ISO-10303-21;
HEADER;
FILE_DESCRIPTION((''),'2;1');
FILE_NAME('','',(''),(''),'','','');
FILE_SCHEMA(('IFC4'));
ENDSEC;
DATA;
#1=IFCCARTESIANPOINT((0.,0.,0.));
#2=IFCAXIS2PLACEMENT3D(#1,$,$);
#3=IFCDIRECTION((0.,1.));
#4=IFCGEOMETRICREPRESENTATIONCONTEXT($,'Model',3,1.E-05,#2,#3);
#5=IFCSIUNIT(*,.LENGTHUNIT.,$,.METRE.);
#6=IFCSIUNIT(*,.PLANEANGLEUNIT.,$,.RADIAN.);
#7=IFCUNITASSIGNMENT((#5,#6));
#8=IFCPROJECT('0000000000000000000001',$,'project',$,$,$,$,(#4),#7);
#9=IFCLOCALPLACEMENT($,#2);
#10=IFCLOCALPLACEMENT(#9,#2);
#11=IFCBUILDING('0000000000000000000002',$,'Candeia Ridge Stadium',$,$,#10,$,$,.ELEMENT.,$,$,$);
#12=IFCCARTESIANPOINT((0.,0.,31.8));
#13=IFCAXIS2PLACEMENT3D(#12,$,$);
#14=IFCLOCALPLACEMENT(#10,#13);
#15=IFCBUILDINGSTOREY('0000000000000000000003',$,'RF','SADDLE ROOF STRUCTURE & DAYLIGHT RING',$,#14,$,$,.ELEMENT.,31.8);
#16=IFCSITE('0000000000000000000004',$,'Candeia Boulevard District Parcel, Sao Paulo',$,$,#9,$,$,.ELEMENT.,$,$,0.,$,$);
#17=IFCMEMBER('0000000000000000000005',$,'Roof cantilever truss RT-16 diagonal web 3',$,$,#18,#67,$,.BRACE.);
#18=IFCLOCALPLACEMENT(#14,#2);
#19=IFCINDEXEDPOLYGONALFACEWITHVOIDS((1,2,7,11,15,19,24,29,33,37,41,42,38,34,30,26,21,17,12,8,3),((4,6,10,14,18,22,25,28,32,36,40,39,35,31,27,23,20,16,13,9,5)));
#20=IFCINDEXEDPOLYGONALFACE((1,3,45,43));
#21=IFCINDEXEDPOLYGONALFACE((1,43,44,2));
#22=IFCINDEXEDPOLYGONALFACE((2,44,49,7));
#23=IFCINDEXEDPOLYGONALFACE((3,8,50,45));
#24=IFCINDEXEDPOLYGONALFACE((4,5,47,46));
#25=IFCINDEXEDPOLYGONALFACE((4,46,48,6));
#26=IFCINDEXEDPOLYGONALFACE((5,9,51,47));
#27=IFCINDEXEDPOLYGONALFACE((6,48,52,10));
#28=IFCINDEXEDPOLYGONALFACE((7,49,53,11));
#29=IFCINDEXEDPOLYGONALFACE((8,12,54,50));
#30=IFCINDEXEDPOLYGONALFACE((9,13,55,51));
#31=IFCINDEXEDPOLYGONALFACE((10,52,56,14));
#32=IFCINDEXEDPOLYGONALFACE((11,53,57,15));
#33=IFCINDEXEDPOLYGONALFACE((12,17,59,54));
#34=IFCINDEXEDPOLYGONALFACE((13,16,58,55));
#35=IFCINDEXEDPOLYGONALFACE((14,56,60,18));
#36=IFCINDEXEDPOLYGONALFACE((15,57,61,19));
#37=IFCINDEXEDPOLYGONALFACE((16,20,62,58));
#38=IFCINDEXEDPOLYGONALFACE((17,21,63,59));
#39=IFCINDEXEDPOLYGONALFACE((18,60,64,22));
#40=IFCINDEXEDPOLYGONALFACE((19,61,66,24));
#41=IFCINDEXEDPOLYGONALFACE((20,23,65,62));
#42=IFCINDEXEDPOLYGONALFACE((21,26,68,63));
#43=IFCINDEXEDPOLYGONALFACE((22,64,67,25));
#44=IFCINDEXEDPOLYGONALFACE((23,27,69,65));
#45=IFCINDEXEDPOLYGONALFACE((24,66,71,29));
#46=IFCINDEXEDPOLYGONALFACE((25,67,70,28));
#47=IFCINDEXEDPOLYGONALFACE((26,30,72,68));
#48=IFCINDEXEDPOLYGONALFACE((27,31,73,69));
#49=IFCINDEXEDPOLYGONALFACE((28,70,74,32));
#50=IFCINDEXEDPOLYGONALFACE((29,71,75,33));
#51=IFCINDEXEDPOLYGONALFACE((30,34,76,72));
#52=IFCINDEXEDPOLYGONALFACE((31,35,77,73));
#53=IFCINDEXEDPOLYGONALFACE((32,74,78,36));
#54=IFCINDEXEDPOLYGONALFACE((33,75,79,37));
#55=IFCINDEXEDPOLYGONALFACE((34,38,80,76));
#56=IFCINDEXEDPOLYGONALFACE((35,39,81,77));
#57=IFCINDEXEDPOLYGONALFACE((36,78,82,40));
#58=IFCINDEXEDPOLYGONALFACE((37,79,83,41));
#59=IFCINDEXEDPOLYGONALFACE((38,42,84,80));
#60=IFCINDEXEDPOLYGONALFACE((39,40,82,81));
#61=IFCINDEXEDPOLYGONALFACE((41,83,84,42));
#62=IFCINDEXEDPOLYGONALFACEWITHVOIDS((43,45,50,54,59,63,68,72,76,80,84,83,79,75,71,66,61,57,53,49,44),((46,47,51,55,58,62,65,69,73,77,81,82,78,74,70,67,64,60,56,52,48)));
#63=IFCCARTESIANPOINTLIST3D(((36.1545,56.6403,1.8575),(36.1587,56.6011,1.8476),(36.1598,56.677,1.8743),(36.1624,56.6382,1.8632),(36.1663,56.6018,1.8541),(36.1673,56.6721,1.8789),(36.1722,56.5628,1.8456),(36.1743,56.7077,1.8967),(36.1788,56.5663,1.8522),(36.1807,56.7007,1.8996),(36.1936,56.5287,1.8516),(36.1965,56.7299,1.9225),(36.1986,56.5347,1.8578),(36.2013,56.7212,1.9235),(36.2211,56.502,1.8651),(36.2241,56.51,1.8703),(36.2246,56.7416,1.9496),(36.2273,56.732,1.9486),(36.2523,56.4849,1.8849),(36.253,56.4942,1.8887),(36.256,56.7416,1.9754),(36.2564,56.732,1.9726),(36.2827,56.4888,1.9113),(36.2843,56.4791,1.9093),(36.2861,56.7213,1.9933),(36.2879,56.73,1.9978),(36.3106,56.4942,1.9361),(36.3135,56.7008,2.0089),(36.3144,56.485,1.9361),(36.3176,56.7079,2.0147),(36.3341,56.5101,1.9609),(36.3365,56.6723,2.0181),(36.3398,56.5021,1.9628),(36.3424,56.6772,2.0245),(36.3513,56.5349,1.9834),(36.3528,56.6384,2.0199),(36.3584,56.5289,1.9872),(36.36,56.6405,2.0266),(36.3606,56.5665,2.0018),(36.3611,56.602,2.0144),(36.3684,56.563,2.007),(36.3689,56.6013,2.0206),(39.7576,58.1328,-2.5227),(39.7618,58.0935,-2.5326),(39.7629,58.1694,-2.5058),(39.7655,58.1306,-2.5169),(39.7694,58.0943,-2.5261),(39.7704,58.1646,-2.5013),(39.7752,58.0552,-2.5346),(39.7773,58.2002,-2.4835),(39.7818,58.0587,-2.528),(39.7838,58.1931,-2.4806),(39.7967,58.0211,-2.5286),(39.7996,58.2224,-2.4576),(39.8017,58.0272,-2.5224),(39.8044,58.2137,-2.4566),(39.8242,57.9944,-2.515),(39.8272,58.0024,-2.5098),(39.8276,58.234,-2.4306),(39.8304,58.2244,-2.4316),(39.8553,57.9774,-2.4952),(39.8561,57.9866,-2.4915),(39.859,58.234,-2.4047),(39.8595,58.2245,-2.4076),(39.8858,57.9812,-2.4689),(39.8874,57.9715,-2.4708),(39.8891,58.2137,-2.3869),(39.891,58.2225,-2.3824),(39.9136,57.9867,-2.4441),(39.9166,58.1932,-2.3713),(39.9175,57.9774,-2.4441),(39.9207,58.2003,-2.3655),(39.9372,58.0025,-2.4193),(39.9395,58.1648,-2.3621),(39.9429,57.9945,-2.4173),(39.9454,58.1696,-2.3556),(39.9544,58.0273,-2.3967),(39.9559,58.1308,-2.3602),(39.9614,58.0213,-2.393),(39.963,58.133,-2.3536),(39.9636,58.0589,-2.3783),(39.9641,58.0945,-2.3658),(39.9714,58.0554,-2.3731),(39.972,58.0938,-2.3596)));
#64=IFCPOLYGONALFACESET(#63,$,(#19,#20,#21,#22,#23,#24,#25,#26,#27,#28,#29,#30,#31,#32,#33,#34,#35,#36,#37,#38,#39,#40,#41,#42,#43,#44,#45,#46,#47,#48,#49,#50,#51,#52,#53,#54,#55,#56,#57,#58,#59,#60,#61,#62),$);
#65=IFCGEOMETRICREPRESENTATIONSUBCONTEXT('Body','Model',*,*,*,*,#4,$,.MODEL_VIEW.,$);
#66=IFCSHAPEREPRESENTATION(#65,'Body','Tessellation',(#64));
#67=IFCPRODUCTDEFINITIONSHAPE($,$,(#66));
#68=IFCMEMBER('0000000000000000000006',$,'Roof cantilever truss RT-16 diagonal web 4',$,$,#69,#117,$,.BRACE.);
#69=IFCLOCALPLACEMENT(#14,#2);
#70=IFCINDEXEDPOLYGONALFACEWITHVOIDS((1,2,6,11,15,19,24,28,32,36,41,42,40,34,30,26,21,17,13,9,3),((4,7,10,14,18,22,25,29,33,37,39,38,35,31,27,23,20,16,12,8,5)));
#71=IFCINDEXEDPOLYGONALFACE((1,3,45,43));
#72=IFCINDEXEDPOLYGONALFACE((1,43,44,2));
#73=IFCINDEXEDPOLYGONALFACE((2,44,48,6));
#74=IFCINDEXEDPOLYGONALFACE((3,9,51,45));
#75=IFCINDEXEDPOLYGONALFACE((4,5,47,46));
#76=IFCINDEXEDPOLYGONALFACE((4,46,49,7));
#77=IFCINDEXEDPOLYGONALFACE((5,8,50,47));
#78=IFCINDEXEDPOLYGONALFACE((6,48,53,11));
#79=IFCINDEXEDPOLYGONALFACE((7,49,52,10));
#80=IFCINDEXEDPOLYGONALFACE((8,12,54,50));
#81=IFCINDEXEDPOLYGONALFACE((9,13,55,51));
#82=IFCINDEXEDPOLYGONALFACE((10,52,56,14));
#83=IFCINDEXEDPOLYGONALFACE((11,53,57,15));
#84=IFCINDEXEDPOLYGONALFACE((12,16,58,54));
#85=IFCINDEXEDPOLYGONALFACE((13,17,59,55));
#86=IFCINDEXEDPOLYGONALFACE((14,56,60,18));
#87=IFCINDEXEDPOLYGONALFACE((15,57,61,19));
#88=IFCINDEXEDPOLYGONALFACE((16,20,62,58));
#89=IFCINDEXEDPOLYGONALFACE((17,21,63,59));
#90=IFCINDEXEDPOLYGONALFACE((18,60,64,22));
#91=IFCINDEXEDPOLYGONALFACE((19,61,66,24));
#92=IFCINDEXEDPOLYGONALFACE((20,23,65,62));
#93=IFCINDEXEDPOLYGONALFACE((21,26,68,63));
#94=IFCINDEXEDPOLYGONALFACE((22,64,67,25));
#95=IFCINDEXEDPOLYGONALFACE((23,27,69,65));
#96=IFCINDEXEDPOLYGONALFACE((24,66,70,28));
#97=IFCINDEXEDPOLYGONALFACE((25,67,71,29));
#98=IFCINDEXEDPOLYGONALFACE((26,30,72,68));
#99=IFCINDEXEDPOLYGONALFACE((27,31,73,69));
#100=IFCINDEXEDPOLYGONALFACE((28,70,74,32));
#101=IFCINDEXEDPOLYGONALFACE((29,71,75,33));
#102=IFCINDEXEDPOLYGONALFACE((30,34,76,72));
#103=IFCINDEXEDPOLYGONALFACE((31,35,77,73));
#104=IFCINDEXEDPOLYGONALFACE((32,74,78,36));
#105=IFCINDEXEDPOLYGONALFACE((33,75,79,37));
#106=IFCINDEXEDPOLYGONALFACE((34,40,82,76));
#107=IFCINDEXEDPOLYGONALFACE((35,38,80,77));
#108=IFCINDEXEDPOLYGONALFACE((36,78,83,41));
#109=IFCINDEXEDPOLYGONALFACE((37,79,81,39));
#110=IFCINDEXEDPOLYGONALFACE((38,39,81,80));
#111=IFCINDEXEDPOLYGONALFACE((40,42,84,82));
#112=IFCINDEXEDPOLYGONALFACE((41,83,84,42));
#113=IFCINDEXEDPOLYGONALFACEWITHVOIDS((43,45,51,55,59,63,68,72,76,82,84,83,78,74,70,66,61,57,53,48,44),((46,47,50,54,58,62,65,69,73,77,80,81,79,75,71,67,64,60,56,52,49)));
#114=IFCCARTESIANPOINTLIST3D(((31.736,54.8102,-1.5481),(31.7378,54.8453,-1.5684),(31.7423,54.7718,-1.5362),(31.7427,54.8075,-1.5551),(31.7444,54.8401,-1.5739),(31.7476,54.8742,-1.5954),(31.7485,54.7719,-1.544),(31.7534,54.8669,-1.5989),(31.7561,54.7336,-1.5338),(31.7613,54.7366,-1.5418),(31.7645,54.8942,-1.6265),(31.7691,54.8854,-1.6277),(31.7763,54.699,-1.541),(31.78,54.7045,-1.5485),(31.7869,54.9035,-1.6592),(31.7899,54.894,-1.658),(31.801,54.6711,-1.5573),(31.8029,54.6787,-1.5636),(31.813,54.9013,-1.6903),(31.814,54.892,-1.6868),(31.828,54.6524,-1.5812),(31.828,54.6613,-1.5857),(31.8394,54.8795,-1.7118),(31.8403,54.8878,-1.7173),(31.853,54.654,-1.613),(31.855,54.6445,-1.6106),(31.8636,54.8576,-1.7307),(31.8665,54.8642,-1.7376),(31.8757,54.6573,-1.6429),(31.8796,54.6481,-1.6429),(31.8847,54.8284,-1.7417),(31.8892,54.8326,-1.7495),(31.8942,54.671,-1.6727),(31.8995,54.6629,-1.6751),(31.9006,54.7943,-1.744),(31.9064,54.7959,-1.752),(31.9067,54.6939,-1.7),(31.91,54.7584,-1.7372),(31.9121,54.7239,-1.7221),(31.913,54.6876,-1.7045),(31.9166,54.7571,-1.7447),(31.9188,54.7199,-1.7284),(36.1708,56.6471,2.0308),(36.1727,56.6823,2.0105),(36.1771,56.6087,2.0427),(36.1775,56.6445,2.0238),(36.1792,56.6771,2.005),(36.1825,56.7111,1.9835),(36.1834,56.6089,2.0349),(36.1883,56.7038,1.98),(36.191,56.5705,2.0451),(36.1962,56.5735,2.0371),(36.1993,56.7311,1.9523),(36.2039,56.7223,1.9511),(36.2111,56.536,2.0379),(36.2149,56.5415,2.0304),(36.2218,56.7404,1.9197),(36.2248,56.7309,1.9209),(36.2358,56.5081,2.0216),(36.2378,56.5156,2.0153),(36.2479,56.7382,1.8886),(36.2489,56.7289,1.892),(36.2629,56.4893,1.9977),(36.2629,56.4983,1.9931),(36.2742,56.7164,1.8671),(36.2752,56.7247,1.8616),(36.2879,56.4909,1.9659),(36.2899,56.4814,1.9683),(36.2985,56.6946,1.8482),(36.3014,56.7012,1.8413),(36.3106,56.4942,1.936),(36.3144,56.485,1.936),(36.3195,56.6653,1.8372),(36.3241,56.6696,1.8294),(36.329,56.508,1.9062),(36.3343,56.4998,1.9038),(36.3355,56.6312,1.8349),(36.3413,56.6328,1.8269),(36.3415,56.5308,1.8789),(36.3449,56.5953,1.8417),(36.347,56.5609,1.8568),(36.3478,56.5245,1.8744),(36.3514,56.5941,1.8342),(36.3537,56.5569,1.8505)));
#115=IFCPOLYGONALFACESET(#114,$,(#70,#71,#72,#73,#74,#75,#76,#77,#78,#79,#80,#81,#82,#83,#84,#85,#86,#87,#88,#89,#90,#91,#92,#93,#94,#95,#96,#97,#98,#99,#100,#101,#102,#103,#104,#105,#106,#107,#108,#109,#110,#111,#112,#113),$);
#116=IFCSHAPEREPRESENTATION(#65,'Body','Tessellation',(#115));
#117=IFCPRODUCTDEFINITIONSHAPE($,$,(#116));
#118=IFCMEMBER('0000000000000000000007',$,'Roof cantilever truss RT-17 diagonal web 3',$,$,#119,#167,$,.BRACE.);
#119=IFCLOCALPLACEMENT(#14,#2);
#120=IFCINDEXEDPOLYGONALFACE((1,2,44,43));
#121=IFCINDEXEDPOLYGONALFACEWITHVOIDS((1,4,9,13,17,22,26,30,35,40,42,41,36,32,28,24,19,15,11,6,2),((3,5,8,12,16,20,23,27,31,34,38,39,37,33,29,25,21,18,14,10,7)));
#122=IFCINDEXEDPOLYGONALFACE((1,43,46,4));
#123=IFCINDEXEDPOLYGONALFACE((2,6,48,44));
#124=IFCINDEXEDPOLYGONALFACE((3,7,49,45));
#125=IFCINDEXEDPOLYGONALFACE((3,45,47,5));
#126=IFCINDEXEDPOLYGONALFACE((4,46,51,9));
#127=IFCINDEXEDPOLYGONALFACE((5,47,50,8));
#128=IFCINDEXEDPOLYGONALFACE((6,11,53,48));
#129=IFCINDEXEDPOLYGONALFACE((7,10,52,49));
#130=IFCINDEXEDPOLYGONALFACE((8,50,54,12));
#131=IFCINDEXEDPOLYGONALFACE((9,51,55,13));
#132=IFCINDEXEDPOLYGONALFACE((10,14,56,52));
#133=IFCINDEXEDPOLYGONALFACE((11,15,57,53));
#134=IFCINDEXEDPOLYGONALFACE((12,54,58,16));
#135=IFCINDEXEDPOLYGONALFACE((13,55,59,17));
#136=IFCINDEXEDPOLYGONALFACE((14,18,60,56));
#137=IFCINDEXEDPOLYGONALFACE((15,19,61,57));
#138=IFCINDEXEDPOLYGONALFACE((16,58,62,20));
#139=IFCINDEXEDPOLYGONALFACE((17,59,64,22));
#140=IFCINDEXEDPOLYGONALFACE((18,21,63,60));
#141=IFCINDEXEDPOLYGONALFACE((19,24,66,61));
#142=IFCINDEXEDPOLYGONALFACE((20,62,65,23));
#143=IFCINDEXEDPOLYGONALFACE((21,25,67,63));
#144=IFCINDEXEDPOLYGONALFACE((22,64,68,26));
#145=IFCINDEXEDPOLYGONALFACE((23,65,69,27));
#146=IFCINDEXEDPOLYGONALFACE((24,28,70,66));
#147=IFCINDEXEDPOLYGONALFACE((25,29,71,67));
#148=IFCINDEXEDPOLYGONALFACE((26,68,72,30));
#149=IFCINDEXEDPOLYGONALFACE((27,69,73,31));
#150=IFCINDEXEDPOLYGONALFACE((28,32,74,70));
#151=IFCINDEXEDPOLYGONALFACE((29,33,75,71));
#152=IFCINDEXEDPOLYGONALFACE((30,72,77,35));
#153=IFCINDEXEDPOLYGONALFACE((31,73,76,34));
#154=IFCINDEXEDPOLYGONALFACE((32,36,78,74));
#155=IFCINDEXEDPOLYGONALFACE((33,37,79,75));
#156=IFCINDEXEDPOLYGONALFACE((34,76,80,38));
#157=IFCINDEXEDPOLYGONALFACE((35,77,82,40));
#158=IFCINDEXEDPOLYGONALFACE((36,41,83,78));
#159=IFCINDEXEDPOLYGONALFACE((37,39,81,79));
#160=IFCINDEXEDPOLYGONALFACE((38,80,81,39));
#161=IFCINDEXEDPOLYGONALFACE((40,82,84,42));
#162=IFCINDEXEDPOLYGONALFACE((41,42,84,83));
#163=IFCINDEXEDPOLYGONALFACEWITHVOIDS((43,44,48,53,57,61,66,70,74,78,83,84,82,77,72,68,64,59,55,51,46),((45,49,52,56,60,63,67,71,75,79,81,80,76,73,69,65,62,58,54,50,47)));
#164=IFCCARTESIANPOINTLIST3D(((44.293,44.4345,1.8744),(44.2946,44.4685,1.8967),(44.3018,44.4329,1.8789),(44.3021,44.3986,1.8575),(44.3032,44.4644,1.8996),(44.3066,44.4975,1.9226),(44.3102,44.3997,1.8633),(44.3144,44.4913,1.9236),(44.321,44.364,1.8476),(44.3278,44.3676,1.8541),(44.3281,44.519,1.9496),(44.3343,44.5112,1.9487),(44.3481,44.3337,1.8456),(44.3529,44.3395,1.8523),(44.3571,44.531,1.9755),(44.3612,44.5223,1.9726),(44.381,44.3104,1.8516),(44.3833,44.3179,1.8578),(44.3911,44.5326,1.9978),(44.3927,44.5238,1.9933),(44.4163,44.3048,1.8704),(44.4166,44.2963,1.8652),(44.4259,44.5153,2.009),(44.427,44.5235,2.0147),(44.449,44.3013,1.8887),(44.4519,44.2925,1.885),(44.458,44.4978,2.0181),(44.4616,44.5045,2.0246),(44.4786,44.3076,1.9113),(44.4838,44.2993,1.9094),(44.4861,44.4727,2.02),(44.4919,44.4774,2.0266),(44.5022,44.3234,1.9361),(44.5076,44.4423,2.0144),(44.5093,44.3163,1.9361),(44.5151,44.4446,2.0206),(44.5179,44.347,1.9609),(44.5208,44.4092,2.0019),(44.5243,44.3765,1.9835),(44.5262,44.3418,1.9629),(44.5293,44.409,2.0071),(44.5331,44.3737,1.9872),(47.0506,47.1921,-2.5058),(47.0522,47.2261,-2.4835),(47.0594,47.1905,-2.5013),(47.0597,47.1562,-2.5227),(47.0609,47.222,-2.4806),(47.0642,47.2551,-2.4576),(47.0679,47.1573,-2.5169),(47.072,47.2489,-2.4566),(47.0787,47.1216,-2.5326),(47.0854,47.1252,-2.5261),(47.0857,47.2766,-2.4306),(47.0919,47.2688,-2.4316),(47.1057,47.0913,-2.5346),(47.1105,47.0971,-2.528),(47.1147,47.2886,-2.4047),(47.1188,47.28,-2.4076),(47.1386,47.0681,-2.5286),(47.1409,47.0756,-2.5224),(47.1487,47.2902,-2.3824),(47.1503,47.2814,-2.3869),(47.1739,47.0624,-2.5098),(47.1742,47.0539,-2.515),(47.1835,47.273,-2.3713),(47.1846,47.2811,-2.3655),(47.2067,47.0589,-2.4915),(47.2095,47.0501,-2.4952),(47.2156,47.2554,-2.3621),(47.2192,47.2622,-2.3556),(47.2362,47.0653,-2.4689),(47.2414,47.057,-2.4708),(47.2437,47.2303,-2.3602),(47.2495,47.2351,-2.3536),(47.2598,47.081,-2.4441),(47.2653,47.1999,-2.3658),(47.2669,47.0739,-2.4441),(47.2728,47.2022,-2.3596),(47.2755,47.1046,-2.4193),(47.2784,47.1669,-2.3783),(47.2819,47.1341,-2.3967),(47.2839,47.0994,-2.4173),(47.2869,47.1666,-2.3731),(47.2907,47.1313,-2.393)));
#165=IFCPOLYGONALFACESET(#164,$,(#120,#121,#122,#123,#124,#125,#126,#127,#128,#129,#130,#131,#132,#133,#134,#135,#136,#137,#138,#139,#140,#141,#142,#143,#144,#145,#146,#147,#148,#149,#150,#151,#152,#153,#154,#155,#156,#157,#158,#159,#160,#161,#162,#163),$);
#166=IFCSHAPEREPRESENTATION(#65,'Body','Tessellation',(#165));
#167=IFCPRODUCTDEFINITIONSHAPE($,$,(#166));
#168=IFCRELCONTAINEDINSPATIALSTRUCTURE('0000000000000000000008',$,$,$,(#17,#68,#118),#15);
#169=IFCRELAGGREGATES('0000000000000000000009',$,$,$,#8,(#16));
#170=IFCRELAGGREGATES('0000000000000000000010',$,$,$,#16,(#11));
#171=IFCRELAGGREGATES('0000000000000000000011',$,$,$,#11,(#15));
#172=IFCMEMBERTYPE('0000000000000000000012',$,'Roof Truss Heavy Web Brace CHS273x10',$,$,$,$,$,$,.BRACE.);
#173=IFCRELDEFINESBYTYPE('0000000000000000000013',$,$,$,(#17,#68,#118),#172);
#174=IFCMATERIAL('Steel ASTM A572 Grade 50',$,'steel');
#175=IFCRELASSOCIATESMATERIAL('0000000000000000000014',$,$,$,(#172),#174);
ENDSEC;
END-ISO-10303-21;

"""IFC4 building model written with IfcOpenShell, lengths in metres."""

from ifc_helpers import new_model, si_unit, direction, frame, origin, origin_2d, place, context, subcontext, project, spatial, hollow_circle, extrude, material, material_profile, profile_set, type_object, element, save


model = new_model("IFC4")

# Units and contexts
model_context = context("Model", 3, precision=1e-05, world=origin(), true_north=direction((0.0, 1.0)))
body_context = subcontext(model_context, "Body", "Model", "MODEL_VIEW")
ifc_project = project(units=[si_unit("LENGTHUNIT", "METRE"), si_unit("PLANEANGLEUNIT", "RADIAN")], contexts=[model_context])

# Site, building, storey
site_placement = place(None, origin())
site = spatial("IfcSite", under=ifc_project, at=site_placement, Name="Candeia Boulevard District Parcel, Sao Paulo", CompositionType="ELEMENT", RefElevation=0.0)
building_placement = place(site_placement, origin())
building = spatial("IfcBuilding", under=site, at=building_placement, Name="Candeia Ridge Stadium", CompositionType="ELEMENT")
storey_placement = place(building_placement, frame((0.0, 0.0, 31.8)))
storey = spatial("IfcBuildingStorey", under=building, at=storey_placement, Name="RF", Description="SADDLE ROOF STRUCTURE & DAYLIGHT RING", CompositionType="ELEMENT", Elevation=31.8)

# Shared definitions
ifc_material_1 = material(Name="Steel ASTM A572 Grade 50", Category="steel")

# Members
ifc_material_profile_1 = material_profile(ifc_material_1, hollow_circle(Radius=0.1365, WallThickness=0.01, at=origin_2d()), Name="CHS273x10", Category="steel")
ifc_profile_set_1 = profile_set([ifc_material_profile_1], Name="Steel ASTM A572 Grade 50")
member_type_1 = type_object("IfcMemberType", Name="Roof Truss Heavy Web Brace CHS273x10", PredefinedType="BRACE", material=ifc_profile_set_1)
member_1_placement = place(storey_placement, frame((39.8652, 58.1035, -2.4441), z_axis=(-0.614359, -0.254477, 0.746863), x_axis=(0.382685, -0.923879, 0.0)))
element("IfcMember", 1, at=member_1_placement, inside=storey, type_object=member_type_1, Name="Roof cantilever truss RT-16 diagonal web 3", PredefinedType="BRACE", context=body_context, shape_type="SweptSolid", body=[
    extrude(hollow_circle(Radius=0.1365, WallThickness=0.01, at=origin_2d()), origin(), (0.0, 0.0, 1.0), 5.8647),
])
member_2_placement = place(storey_placement, frame((36.2622, 56.6111, 1.936), z_axis=(-0.74068, -0.306792, -0.597722), x_axis=(0.382675, -0.923883, 0.0)))
element("IfcMember", 2, at=member_2_placement, inside=storey, type_object=member_type_1, Name="Roof cantilever truss RT-16 diagonal web 4", PredefinedType="BRACE", context=body_context, shape_type="SweptSolid", body=[
    extrude(hollow_circle(Radius=0.1365, WallThickness=0.01, at=origin_2d()), origin(), (0.0, 0.0, 1.0), 5.9875),
])
member_3_placement = place(storey_placement, frame((47.1704, 47.1704, -2.4441), z_axis=(-0.470203, -0.470203, 0.746872), x_axis=(0.707107, -0.707107, 0.0)))
element("IfcMember", 3, at=member_3_placement, inside=storey, type_object=member_type_1, Name="Roof cantilever truss RT-17 diagonal web 3", PredefinedType="BRACE", context=body_context, shape_type="SweptSolid", body=[
    extrude(hollow_circle(Radius=0.1365, WallThickness=0.01, at=origin_2d()), origin(), (0.0, 0.0, 1.0), 5.8647),
])

save(model, "model.ifc")
